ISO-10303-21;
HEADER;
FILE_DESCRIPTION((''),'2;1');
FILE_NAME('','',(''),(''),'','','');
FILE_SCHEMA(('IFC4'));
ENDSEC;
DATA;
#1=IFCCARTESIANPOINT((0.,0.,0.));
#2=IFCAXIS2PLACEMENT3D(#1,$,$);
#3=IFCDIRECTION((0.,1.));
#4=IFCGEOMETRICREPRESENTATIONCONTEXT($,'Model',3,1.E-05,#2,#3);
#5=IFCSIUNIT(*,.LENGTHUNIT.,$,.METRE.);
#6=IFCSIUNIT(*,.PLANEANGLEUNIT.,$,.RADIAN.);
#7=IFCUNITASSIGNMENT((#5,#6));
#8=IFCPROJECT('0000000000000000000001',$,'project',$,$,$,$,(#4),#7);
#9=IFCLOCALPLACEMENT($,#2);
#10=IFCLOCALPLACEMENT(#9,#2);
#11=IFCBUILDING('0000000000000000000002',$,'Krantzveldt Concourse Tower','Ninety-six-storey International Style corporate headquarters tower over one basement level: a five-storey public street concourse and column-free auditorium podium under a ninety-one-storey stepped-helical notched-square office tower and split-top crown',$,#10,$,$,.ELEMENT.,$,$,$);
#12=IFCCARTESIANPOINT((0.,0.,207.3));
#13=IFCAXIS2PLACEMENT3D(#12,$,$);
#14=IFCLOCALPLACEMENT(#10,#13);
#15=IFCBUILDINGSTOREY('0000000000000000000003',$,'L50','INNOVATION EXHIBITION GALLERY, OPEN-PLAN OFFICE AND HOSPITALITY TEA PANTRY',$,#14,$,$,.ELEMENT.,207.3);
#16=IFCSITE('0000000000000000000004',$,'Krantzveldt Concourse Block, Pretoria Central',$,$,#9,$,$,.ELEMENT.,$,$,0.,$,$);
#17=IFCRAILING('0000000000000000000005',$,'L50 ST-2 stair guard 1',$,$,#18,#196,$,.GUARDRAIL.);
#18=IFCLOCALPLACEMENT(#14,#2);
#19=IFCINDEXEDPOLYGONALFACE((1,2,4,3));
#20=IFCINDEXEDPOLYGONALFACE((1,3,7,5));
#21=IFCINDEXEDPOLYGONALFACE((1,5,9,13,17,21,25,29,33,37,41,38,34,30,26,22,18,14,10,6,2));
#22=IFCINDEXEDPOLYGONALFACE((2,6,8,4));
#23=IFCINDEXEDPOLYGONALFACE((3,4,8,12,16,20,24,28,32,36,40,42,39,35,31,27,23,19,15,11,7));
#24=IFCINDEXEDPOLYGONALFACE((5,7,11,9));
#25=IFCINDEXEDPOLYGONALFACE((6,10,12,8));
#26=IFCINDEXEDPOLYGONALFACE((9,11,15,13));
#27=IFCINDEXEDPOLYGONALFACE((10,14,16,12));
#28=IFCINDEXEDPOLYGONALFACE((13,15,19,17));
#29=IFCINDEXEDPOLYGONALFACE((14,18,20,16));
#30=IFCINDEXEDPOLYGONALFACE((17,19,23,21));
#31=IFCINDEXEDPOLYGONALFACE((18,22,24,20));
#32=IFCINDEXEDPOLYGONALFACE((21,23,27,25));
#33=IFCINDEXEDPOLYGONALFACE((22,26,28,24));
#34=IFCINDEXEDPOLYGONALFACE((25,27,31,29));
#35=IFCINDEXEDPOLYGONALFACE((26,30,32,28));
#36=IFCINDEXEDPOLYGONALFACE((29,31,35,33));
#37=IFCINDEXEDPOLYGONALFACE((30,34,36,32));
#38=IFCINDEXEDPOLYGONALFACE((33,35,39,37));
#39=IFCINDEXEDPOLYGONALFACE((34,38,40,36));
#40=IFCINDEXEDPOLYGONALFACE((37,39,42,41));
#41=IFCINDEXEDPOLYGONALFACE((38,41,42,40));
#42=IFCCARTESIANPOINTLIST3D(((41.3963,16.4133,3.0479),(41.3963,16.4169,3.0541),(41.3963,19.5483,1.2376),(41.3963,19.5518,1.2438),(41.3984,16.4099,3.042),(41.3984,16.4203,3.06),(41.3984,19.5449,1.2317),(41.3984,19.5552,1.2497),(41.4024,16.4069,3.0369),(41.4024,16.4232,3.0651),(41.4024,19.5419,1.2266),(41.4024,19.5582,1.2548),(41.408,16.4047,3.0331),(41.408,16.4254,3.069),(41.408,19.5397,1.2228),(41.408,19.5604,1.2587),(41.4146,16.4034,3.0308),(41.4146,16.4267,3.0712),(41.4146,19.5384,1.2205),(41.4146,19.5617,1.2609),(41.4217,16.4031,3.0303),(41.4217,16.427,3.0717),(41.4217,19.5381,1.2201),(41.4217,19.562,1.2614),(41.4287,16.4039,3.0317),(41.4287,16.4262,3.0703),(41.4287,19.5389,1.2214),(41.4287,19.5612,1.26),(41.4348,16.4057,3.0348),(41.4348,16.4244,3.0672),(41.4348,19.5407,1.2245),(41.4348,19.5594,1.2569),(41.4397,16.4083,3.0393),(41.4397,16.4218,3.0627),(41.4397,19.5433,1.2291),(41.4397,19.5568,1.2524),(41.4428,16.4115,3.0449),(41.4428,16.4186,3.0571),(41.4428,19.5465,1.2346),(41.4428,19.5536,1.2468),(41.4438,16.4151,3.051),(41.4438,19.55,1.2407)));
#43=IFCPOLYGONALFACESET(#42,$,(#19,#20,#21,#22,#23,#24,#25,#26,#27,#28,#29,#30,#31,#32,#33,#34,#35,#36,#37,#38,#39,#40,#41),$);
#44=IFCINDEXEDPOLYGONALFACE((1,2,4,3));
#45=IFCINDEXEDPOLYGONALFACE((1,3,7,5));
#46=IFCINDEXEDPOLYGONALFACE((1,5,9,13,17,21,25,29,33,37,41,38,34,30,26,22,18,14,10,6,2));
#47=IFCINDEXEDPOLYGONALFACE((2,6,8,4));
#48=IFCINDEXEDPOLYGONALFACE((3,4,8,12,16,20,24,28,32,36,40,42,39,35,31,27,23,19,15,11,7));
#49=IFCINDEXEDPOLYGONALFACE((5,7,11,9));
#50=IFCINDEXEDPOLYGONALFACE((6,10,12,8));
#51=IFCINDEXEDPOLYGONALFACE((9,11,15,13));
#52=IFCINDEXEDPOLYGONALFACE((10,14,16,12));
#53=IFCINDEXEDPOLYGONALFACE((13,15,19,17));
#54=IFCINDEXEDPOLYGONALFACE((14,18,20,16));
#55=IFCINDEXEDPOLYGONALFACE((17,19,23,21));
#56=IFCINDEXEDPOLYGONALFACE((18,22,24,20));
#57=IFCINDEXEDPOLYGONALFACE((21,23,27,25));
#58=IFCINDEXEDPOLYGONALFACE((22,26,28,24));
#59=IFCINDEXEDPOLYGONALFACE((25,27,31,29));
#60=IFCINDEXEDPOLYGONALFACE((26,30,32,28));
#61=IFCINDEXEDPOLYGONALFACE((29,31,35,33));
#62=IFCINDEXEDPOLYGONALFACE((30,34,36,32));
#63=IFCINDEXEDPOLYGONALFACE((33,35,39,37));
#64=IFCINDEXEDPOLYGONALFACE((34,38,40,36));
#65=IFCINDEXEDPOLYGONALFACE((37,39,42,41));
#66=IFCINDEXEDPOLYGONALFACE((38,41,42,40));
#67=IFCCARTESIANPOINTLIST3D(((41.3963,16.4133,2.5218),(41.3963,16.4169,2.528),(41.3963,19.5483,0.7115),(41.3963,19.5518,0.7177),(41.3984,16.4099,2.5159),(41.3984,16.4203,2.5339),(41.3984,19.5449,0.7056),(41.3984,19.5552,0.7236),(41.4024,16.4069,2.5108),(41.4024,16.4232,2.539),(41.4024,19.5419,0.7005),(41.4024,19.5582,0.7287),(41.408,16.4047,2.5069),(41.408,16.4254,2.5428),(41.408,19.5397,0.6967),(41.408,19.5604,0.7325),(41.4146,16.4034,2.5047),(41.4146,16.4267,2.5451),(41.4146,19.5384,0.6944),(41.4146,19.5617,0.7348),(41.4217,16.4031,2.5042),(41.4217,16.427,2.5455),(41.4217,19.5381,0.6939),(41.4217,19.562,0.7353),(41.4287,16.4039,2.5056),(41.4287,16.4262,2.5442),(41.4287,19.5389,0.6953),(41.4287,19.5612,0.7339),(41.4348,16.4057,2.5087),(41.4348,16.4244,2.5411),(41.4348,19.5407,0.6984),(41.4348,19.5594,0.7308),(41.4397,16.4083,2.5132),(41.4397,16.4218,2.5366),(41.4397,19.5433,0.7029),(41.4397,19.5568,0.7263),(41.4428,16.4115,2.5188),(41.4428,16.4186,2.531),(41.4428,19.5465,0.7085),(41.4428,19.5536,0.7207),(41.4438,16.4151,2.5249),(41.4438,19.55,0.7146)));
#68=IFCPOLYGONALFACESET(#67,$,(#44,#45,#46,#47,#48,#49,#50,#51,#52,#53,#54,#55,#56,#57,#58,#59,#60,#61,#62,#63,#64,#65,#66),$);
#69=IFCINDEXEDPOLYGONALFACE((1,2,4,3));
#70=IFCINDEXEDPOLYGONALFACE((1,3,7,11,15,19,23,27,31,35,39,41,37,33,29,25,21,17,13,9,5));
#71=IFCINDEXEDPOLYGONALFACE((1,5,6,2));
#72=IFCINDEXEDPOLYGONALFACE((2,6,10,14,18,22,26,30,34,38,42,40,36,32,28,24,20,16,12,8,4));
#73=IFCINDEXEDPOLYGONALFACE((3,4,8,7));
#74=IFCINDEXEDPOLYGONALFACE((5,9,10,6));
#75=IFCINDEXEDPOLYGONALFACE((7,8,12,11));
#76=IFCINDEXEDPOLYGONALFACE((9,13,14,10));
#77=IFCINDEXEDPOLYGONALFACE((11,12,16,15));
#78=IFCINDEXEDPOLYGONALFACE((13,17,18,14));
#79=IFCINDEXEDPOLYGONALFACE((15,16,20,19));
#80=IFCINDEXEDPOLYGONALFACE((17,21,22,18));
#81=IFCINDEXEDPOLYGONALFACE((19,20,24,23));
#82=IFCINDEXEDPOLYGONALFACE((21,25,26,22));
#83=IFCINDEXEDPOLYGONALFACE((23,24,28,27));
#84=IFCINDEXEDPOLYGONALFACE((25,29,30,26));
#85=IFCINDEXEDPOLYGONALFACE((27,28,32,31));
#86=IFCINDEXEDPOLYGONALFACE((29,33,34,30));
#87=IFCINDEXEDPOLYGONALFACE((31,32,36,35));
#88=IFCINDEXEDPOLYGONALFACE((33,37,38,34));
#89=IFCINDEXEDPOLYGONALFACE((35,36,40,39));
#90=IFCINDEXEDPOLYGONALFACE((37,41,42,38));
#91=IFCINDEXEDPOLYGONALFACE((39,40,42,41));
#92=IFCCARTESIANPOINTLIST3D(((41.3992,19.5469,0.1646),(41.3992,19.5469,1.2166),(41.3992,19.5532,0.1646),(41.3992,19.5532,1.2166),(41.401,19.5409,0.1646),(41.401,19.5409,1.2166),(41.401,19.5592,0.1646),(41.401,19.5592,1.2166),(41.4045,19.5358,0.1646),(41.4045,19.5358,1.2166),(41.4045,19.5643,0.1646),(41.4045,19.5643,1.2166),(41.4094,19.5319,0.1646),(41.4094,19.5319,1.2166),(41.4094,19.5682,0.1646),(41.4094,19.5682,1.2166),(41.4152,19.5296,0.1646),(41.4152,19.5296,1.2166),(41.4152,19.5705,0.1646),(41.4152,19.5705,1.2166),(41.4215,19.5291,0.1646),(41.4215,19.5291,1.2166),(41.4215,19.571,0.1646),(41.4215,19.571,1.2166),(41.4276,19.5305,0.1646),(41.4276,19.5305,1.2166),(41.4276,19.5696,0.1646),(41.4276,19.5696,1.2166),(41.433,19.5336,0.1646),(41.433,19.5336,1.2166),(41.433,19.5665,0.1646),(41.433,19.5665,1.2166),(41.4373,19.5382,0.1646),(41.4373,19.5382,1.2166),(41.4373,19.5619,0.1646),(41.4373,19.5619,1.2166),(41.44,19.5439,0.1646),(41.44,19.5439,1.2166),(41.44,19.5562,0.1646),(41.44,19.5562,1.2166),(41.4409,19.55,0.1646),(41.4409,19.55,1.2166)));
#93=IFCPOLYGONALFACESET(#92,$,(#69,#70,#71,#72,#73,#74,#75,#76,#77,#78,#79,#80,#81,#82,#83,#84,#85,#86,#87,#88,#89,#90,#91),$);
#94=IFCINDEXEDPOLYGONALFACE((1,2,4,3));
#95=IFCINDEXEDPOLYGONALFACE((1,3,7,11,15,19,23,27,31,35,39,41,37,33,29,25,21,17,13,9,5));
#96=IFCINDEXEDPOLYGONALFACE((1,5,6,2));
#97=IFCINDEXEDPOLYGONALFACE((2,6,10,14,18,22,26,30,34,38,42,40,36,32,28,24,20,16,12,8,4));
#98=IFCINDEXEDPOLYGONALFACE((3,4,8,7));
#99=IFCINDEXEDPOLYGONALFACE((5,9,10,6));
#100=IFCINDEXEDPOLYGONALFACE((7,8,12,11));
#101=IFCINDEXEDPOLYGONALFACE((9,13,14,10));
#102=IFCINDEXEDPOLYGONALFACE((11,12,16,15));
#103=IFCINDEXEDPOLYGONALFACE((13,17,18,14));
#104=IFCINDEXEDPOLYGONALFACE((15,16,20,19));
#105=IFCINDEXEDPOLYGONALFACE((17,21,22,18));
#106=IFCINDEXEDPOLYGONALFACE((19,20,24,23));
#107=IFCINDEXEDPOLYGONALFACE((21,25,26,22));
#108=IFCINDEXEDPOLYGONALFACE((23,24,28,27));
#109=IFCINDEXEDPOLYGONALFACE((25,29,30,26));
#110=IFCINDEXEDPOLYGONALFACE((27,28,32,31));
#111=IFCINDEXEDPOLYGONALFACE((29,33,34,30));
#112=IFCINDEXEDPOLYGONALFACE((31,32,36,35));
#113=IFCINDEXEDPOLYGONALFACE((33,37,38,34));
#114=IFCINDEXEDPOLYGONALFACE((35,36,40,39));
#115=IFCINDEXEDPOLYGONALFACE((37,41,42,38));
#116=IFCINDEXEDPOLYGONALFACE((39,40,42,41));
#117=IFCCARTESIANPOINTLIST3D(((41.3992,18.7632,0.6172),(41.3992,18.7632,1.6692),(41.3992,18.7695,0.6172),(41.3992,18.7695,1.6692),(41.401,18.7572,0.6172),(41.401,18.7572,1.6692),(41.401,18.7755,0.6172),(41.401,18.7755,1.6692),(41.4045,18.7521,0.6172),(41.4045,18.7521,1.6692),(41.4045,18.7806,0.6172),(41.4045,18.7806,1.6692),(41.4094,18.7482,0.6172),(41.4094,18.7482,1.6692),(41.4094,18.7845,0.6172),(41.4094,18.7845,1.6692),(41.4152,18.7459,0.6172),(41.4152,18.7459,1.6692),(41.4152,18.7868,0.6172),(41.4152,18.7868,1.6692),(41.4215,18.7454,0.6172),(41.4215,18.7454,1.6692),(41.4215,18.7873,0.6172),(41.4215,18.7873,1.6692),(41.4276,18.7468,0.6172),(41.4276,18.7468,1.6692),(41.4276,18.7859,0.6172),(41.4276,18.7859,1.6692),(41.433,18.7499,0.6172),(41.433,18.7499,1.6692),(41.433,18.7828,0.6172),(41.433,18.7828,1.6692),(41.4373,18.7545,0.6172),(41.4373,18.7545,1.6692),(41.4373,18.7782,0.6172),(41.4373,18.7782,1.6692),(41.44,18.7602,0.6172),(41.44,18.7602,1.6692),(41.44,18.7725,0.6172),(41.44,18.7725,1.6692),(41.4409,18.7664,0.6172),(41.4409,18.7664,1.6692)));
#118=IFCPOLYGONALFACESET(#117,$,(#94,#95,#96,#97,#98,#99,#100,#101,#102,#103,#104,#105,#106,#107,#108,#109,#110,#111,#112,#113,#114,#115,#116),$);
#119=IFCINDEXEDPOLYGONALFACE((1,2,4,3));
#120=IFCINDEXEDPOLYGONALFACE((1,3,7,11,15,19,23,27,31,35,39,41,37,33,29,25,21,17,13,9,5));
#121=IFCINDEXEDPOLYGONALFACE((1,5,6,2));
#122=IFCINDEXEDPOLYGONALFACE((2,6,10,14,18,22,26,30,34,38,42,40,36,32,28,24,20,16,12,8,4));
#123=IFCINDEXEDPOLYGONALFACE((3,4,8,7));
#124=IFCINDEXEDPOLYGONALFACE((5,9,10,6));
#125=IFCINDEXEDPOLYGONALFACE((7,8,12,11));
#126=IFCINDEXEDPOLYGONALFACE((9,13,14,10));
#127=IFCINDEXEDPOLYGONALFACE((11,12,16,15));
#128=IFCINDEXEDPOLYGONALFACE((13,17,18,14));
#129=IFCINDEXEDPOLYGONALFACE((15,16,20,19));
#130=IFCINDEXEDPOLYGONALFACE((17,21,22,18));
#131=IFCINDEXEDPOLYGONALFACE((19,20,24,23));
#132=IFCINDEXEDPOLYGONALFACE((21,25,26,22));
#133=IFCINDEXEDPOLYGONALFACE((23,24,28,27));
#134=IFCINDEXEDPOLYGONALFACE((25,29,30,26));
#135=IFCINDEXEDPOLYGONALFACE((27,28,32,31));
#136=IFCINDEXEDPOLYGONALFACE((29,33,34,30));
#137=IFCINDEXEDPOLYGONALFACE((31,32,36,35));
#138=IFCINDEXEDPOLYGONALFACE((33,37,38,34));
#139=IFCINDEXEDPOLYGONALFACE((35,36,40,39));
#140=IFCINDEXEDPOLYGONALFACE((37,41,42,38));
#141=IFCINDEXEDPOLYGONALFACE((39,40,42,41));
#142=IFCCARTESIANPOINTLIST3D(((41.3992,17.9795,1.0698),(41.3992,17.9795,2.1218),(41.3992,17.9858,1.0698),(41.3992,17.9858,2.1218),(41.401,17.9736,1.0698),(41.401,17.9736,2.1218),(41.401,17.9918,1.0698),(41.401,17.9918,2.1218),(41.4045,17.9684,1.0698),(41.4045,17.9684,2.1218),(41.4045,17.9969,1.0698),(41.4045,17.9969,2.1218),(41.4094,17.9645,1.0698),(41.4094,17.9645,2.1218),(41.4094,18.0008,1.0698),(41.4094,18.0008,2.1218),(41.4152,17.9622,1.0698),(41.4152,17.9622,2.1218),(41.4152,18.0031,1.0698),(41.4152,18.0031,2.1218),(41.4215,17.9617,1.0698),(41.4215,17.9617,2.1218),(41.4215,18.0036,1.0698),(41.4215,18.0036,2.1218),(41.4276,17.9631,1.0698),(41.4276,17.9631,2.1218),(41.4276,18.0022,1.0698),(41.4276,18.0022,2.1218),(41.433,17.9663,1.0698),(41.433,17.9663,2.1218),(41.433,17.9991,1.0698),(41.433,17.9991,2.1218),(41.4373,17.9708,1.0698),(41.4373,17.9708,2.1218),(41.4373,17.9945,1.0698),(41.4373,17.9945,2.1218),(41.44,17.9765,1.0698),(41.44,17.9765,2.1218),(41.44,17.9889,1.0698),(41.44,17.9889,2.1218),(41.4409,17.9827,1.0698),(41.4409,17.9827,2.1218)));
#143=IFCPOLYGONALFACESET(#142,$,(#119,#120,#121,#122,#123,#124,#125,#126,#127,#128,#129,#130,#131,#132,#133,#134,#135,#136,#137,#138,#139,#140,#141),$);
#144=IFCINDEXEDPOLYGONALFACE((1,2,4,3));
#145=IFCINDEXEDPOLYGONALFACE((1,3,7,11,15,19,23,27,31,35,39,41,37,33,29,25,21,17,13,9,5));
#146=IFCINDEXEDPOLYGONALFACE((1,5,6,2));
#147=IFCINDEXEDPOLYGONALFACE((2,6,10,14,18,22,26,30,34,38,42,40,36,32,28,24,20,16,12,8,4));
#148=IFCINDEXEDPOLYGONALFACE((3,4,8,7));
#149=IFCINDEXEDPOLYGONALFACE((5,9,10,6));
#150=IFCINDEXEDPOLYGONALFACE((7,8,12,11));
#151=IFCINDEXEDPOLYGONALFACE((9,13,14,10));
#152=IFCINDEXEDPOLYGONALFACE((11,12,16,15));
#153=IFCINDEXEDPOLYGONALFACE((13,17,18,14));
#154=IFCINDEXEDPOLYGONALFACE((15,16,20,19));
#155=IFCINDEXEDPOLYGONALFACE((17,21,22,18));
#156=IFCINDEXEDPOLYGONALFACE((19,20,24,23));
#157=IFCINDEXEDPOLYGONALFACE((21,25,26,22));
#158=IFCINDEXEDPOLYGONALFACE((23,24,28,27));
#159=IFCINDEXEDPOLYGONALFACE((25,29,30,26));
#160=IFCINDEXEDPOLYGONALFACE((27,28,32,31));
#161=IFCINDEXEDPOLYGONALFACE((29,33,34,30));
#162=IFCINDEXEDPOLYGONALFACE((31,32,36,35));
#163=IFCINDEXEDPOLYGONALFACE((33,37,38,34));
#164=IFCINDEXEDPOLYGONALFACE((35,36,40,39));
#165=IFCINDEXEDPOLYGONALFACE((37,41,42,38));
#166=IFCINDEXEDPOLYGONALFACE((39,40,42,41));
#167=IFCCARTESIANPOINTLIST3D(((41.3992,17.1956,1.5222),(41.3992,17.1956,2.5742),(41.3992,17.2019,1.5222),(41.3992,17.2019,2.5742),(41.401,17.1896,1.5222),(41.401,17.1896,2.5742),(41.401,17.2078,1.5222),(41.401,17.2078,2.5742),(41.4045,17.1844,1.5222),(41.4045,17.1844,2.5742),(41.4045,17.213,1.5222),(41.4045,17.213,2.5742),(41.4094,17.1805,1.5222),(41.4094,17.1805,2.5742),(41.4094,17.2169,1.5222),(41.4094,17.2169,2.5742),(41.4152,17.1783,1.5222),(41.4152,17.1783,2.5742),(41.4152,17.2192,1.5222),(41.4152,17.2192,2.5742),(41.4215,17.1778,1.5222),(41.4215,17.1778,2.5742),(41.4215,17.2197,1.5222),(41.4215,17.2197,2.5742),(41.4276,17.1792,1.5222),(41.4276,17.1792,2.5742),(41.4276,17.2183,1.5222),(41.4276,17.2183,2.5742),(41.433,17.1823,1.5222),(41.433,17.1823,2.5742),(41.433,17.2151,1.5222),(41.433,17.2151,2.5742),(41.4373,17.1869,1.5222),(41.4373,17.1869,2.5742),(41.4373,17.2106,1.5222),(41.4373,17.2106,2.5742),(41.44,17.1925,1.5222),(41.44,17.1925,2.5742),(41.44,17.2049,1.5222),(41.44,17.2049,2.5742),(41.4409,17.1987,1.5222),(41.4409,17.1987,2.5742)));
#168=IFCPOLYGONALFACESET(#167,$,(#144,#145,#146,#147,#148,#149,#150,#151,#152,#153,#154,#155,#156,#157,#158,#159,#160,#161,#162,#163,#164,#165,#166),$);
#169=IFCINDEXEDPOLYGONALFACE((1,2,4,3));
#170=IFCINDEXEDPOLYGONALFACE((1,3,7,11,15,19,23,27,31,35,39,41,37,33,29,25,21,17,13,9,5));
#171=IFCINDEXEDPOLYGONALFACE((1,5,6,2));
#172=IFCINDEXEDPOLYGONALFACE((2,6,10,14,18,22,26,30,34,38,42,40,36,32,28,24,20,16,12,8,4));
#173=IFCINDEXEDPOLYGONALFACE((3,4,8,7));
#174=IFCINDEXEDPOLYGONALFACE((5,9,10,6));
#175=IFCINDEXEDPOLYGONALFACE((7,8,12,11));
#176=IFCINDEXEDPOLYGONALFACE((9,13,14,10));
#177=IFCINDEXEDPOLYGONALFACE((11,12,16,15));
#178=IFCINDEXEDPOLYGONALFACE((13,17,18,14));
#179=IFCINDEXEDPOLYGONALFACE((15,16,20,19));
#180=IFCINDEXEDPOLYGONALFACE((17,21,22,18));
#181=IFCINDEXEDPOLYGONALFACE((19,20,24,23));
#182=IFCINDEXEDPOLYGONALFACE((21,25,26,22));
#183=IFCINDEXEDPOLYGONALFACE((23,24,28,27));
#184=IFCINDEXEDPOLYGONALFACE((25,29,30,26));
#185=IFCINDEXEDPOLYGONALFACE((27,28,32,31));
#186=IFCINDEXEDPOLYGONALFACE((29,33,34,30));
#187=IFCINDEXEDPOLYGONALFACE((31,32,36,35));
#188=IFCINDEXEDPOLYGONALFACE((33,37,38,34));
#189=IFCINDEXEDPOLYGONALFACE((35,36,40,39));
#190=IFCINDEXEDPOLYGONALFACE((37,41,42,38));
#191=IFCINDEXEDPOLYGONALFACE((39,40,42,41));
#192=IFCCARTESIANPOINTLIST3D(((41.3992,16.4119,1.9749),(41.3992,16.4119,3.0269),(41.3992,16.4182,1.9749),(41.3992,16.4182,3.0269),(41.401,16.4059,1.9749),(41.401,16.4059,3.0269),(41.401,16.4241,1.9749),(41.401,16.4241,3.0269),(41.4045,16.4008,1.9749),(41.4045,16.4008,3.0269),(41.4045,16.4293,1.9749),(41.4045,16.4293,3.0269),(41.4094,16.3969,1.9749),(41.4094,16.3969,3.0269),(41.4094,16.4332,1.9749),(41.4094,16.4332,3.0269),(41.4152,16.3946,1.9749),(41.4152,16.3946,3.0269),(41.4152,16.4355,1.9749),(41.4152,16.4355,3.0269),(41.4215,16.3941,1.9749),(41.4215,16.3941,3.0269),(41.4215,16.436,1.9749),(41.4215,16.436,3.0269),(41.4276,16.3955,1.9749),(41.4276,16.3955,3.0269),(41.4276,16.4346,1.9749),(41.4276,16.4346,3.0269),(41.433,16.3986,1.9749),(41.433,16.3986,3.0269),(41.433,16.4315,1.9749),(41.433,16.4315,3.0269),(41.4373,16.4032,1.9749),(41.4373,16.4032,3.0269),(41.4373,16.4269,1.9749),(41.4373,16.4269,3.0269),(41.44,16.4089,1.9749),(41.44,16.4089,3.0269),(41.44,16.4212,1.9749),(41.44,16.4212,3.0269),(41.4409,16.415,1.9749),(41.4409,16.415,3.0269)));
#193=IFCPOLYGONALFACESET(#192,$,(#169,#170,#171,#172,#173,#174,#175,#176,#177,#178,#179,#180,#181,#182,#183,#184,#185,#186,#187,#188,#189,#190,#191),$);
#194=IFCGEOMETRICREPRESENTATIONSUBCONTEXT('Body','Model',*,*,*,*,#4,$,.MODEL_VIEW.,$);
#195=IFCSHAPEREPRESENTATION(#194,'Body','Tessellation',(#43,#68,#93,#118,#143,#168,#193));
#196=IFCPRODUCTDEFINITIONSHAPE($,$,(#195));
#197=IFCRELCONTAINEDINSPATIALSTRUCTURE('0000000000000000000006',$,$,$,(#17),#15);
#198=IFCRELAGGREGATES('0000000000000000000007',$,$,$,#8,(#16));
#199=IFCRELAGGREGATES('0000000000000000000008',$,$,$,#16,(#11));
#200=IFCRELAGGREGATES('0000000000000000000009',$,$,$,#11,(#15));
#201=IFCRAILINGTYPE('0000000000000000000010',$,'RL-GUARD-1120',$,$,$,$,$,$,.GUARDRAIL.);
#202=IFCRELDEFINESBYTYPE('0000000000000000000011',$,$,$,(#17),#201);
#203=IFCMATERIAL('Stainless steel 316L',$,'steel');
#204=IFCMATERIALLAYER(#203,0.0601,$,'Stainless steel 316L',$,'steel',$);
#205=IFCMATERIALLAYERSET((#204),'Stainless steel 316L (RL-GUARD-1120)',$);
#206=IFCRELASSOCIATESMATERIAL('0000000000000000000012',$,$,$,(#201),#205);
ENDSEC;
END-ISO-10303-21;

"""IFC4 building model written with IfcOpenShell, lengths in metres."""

from ifc_helpers import new_model, si_unit, direction, frame, origin, origin_2d, place, context, subcontext, project, spatial, circle, extrude, material, layer, layer_set, type_object, element, save


model = new_model("IFC4")

# Units and contexts
model_context = context("Model", 3, precision=1e-05, world=origin(), true_north=direction((0.0, 1.0)))
body_context = subcontext(model_context, "Body", "Model", "MODEL_VIEW")
ifc_project = project(units=[si_unit("LENGTHUNIT", "METRE"), si_unit("PLANEANGLEUNIT", "RADIAN")], contexts=[model_context])

# Site, building, storey
site_placement = place(None, origin())
site = spatial("IfcSite", under=ifc_project, at=site_placement, Name="Krantzveldt Concourse Block, Pretoria Central", CompositionType="ELEMENT", RefElevation=0.0)
building_placement = place(site_placement, origin())
building = spatial("IfcBuilding", under=site, at=building_placement, Name="Krantzveldt Concourse Tower", Description="Ninety-six-storey International Style corporate headquarters tower over one basement level: a five-storey public street concourse and column-free auditorium podium under a ninety-one-storey stepped-helical notched-square office tower and split-top crown", CompositionType="ELEMENT")
storey_placement = place(building_placement, frame((0.0, 0.0, 207.3)))
storey = spatial("IfcBuildingStorey", under=building, at=storey_placement, Name="L50", Description="INNOVATION EXHIBITION GALLERY, OPEN-PLAN OFFICE AND HOSPITALITY TEA PANTRY", CompositionType="ELEMENT", Elevation=207.3)

# Shared definitions
ifc_material_1 = material(Name="Stainless steel 316L", Category="steel")

# Railing
ifc_layer_1 = layer(ifc_material_1, 0.0601, Name="Stainless steel 316L", Category="steel")
ifc_layer_set_1 = layer_set([ifc_layer_1], Name="Stainless steel 316L (RL-GUARD-1120)")
railing_type_1 = type_object("IfcRailingType", Name="RL-GUARD-1120", PredefinedType="GUARDRAIL", material=ifc_layer_set_1)
railing_1_placement = place(storey_placement, frame((41.4199, 19.55, 0.1646)))
element("IfcRailing", 1, at=railing_1_placement, inside=storey, type_object=railing_type_1, Name="L50 ST-2 stair guard 1", PredefinedType="GUARDRAIL", context=body_context, shape_type="SweptSolid", body=[
    extrude(circle(Radius=0.0239, at=origin_2d()), frame((0.0, 0.0, 1.0762), z_axis=(0.0, -0.865989, 0.500063), x_axis=(1.0, 0.0, 0.0)), (0.0, 0.0, 1.0), 3.6201),
    extrude(circle(Radius=0.0239, at=origin_2d()), frame((0.0, 0.0, 0.55), z_axis=(0.0, -0.865989, 0.500063), x_axis=(1.0, 0.0, 0.0)), (0.0, 0.0, 1.0), 3.6201),
    extrude(circle(Radius=0.021, at=origin_2d()), origin(), (0.0, 0.0, 1.0), 1.052),
    extrude(circle(Radius=0.021, at=origin_2d()), frame((0.0, -0.7837, 0.4526)), (0.0, 0.0, 1.0), 1.052),
    extrude(circle(Radius=0.021, at=origin_2d()), frame((0.0, -1.5674, 0.9053)), (0.0, 0.0, 1.0), 1.052),
    extrude(circle(Radius=0.021, at=origin_2d()), frame((0.0, -2.3513, 1.3577)), (0.0, 0.0, 1.0), 1.052),
    extrude(circle(Radius=0.021, at=origin_2d()), frame((0.0, -3.135, 1.8103)), (0.0, 0.0, 1.0), 1.052),
])

save(model, "model.ifc")
